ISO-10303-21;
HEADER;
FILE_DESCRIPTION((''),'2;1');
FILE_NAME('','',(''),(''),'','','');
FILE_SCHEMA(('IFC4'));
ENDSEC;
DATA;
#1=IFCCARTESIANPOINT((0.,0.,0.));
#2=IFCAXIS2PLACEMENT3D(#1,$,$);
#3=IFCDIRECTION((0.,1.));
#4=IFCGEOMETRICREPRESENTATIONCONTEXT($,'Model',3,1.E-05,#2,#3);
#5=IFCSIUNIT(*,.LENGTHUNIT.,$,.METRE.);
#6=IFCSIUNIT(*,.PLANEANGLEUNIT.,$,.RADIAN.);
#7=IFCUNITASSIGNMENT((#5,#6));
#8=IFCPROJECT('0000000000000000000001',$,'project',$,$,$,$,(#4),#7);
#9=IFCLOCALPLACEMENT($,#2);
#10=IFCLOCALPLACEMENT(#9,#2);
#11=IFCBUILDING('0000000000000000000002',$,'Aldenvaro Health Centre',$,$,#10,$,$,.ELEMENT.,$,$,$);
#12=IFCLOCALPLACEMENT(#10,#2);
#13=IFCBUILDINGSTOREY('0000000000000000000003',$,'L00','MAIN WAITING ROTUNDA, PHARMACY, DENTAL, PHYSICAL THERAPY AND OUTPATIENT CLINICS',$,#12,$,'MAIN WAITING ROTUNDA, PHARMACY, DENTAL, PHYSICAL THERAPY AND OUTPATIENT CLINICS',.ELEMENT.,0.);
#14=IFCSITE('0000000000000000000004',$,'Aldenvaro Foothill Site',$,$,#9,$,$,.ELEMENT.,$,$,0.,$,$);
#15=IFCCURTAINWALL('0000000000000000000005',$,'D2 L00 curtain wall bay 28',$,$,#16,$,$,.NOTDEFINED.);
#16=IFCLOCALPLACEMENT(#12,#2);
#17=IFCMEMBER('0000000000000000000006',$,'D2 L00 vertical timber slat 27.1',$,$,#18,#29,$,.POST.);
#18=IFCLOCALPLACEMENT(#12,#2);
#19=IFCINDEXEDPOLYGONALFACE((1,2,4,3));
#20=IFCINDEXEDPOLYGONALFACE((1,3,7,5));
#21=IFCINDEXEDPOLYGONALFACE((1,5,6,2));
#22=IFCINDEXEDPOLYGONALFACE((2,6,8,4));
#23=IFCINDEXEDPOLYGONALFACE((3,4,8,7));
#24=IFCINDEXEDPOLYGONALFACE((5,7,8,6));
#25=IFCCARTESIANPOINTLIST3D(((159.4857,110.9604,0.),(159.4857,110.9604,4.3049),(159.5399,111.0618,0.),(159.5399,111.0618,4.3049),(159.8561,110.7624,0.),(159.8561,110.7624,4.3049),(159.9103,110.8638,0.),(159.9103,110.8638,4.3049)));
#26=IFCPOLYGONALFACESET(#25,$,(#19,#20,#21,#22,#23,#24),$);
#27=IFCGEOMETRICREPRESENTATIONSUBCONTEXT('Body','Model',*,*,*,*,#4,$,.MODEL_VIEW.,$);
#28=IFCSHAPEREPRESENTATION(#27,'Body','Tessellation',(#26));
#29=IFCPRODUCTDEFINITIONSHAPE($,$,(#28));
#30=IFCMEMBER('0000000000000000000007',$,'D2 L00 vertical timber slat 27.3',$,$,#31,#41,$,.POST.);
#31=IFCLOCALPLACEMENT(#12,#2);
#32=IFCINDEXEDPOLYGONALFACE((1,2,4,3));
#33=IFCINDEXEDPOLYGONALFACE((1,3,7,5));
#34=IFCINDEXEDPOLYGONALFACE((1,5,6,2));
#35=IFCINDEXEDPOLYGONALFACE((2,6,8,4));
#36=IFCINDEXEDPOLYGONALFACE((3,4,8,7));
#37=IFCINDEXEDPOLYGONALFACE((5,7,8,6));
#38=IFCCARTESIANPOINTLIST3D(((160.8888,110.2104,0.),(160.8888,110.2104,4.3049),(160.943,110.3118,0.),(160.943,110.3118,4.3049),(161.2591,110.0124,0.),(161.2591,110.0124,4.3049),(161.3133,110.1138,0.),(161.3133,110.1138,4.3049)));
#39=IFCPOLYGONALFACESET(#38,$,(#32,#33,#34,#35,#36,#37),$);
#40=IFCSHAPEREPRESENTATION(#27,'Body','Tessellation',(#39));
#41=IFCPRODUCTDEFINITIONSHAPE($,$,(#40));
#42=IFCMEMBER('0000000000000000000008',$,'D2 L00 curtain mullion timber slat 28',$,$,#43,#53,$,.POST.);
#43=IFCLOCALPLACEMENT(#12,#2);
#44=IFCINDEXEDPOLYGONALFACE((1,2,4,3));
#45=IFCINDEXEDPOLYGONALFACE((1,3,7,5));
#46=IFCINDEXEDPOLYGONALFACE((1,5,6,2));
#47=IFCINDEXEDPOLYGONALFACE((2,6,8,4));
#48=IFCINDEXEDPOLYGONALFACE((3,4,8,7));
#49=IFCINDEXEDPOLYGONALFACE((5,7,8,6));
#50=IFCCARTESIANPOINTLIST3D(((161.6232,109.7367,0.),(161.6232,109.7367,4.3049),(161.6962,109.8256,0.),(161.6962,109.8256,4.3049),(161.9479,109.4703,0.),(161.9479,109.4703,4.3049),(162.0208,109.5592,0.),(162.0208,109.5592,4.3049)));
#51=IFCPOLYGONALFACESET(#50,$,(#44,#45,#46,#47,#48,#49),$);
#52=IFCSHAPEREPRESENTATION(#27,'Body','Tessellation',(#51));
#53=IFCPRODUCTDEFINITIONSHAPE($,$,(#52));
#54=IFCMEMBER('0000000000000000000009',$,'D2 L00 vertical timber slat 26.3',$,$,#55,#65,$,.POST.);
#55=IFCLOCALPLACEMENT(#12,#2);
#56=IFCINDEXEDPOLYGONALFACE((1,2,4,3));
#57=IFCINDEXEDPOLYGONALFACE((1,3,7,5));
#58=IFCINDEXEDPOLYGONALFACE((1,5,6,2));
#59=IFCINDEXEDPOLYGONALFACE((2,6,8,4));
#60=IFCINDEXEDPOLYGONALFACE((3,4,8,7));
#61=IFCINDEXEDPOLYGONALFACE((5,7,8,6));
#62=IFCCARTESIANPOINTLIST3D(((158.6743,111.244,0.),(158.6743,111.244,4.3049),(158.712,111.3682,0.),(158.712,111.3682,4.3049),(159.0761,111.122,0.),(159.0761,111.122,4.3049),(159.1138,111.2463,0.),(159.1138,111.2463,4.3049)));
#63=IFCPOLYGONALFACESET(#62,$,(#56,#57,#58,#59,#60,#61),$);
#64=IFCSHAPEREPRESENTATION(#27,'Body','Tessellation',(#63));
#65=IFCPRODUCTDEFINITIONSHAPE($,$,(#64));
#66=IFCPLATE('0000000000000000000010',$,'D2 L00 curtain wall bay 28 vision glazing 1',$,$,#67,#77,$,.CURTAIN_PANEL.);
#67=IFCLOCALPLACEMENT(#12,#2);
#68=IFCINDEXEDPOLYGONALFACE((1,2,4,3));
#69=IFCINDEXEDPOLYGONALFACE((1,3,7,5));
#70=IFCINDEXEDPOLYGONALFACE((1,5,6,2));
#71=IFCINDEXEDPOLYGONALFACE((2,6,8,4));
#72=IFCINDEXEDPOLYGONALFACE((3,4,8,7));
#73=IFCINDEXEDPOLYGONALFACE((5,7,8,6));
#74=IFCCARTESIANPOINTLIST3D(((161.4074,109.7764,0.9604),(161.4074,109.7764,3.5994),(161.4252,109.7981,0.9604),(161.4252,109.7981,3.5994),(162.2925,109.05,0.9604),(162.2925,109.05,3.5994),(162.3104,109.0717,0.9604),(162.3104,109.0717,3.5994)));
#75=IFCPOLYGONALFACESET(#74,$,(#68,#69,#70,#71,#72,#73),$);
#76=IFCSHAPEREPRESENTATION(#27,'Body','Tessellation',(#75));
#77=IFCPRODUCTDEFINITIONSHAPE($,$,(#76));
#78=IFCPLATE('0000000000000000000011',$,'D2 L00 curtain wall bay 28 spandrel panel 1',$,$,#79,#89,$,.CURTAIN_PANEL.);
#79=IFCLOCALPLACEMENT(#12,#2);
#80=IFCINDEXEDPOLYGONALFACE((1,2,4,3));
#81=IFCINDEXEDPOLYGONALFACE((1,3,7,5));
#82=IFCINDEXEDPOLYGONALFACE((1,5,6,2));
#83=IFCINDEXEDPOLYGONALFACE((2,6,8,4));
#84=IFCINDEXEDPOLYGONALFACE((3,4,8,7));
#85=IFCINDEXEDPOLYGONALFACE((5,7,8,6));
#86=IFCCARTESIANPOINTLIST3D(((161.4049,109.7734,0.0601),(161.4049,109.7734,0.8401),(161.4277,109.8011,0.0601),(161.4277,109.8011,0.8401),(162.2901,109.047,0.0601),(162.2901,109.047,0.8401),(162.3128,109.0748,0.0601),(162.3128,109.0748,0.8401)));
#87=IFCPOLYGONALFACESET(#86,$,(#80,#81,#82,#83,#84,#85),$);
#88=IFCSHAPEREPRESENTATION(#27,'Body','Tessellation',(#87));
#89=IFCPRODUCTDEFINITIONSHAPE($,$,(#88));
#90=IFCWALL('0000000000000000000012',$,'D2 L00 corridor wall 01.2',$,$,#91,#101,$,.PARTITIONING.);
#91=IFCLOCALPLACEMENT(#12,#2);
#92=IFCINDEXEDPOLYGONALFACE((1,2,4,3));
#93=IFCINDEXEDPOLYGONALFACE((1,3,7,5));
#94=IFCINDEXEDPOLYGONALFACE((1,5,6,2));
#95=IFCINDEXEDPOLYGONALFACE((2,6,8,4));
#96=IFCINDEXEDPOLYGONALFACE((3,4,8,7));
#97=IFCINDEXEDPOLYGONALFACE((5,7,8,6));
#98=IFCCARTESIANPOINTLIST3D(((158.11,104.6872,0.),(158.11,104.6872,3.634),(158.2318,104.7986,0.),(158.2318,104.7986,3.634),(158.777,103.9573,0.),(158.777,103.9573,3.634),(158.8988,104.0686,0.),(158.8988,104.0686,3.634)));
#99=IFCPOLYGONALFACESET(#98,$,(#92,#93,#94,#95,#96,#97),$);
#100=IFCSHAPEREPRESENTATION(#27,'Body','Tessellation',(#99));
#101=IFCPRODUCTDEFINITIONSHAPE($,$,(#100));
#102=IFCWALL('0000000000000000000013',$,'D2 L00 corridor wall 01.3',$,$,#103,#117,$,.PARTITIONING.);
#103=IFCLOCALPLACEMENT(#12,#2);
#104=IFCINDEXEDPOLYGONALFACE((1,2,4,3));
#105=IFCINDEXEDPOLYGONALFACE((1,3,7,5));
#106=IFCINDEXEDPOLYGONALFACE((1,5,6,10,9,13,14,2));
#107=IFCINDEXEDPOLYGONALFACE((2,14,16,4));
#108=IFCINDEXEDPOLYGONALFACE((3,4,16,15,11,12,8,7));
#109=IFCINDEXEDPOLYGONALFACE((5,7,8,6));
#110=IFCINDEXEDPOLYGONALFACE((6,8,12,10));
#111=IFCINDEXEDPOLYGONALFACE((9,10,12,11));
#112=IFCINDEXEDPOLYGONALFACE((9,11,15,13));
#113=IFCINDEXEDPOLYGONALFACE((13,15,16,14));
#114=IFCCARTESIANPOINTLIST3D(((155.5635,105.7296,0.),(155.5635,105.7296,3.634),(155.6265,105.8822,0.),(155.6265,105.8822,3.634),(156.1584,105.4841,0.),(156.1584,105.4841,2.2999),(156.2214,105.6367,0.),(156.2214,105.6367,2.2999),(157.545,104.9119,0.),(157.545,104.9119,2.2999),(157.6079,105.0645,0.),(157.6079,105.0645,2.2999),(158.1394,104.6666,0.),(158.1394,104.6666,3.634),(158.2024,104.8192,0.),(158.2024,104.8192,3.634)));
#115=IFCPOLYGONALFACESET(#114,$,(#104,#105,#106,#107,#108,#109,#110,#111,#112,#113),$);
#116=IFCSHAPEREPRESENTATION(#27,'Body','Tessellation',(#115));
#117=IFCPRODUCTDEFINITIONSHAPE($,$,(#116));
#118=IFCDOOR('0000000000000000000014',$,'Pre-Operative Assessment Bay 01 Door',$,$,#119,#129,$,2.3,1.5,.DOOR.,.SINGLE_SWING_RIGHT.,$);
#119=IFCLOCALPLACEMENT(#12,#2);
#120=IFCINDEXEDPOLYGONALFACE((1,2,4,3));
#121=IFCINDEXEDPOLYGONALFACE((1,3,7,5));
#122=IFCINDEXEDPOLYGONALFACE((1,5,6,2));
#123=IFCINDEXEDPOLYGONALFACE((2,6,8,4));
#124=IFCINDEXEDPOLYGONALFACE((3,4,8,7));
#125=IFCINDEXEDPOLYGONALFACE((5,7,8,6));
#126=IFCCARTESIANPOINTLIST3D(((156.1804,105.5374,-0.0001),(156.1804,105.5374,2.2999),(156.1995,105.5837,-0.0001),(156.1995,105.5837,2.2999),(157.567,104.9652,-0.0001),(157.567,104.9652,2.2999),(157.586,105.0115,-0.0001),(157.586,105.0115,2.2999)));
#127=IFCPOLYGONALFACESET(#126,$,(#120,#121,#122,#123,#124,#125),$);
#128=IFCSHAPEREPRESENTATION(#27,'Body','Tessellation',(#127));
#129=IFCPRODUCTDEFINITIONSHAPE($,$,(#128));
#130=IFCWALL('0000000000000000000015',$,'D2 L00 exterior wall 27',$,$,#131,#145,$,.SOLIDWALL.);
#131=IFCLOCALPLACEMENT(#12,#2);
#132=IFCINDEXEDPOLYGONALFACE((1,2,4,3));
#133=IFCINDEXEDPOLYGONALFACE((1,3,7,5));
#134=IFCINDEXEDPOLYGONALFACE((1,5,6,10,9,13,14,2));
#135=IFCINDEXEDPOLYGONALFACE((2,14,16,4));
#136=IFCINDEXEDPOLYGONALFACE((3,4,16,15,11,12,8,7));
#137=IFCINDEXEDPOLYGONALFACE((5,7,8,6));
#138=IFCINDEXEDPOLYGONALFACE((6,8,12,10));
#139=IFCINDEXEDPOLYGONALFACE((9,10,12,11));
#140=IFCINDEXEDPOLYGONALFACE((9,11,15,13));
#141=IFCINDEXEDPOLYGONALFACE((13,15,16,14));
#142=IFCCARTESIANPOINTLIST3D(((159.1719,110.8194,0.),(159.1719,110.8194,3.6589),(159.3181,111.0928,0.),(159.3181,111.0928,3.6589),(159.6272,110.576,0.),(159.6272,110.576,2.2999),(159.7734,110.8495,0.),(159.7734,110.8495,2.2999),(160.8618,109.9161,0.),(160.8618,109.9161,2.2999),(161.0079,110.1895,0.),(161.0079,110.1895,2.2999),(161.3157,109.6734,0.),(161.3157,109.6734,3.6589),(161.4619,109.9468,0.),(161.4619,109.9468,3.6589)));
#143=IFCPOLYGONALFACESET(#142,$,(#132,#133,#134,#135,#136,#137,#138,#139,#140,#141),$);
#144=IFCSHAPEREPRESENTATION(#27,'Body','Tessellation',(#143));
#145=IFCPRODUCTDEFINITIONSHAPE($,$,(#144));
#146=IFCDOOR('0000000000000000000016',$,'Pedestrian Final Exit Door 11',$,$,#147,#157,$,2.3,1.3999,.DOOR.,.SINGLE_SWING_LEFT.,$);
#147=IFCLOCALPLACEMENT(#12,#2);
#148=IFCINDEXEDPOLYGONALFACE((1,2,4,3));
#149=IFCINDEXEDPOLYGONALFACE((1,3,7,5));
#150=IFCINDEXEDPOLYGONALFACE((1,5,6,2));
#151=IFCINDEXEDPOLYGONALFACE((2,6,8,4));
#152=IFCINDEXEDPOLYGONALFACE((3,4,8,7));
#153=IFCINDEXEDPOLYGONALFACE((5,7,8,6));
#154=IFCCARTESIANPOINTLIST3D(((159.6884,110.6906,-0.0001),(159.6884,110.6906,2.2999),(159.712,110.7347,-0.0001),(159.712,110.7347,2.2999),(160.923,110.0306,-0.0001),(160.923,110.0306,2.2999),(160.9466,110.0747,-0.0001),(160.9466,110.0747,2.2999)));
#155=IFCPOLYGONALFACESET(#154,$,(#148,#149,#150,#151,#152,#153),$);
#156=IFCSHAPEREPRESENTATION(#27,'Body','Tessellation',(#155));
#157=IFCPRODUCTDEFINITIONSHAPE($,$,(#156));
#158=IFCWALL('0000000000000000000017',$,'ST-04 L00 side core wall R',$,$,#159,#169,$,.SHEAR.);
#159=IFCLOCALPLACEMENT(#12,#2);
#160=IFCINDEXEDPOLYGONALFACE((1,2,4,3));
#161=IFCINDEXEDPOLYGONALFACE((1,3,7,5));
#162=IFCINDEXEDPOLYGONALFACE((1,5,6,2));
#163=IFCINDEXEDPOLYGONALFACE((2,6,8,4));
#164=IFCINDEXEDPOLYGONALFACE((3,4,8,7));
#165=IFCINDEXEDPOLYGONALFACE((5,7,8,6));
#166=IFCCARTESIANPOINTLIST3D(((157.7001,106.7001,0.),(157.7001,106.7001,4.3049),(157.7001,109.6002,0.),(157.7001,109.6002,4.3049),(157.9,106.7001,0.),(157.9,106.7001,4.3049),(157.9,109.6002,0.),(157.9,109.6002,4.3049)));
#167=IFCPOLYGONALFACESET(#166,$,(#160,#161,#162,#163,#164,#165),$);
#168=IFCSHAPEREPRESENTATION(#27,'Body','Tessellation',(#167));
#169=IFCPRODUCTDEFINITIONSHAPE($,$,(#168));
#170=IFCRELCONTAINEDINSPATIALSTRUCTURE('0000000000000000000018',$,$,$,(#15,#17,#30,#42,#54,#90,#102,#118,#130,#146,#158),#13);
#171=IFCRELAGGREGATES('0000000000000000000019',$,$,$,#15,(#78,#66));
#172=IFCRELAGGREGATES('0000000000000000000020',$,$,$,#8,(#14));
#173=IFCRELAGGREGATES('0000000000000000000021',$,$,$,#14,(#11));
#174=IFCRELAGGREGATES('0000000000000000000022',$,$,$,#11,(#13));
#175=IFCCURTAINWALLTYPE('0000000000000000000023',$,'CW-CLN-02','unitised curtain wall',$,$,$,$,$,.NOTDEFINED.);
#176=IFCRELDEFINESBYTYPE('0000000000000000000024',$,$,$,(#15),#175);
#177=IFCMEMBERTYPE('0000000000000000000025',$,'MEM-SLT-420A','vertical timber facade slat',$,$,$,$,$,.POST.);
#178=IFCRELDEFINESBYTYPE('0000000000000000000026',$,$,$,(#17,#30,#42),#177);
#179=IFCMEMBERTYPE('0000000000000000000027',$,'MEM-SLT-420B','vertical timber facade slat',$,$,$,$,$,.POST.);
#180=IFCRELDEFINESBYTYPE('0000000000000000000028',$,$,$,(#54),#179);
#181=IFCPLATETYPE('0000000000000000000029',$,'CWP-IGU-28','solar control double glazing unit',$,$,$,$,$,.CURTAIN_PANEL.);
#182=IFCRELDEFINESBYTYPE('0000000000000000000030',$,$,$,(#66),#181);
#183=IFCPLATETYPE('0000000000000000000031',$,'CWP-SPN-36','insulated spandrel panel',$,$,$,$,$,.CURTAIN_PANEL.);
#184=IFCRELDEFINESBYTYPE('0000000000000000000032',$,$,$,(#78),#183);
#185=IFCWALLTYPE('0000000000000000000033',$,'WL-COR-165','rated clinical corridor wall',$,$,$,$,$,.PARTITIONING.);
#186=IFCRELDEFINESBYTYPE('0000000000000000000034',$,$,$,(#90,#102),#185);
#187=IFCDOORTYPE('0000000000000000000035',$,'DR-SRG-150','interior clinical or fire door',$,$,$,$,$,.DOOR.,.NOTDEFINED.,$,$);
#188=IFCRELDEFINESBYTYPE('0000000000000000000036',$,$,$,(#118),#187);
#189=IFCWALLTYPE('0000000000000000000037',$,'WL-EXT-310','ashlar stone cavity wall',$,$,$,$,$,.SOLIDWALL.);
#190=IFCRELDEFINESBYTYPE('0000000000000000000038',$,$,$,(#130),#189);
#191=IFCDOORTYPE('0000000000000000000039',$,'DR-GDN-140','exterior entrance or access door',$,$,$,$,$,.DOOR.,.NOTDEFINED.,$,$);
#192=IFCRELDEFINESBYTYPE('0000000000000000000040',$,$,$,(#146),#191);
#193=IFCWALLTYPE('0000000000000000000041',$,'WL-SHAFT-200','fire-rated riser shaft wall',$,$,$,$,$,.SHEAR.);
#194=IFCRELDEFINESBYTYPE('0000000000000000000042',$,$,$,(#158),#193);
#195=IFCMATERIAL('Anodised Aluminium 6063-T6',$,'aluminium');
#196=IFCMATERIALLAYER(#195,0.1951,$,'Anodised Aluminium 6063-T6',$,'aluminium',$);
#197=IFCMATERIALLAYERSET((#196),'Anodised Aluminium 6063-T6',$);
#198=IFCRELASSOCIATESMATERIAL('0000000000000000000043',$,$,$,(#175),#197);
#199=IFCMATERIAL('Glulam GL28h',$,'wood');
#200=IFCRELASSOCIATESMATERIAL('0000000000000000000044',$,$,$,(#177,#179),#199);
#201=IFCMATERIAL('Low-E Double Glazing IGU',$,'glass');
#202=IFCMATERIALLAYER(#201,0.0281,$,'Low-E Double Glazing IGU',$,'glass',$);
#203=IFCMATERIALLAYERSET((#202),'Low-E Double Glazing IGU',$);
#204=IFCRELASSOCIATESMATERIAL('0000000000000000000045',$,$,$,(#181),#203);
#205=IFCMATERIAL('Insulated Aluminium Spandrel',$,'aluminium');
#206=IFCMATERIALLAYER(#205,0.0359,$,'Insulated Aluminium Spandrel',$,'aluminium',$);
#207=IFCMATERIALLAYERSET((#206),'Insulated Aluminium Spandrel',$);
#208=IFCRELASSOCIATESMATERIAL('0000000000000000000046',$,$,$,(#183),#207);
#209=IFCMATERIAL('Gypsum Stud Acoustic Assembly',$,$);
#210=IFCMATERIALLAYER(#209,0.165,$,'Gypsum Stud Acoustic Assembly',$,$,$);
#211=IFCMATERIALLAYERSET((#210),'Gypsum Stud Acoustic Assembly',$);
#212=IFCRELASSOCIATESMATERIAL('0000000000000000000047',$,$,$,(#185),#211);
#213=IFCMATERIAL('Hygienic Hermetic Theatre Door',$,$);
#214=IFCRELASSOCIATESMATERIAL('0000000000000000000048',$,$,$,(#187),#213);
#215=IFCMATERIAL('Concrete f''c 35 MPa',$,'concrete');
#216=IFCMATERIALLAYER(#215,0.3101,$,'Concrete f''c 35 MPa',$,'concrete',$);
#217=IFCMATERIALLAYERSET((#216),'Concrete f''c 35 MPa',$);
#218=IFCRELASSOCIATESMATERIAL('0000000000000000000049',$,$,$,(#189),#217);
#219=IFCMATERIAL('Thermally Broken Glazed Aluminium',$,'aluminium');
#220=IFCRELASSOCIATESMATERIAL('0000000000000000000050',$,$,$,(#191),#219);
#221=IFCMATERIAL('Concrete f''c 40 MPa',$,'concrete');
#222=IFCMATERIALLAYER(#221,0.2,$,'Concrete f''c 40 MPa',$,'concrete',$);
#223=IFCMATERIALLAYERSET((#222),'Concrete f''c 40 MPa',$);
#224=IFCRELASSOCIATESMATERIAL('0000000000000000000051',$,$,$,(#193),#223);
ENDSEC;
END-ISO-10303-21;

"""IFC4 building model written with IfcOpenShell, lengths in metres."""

from ifc_helpers import new_model, si_unit, direction, frame, frame_2d, origin, origin_2d, place, context, subcontext, project, spatial, rectangle, extrude, material, layer, layer_set, material_profile, profile_set, type_object, element, fill, aggregate, save


model = new_model("IFC4")

# Units and contexts
model_context = context("Model", 3, precision=1e-05, world=origin(), true_north=direction((0.0, 1.0)))
body_context = subcontext(model_context, "Body", "Model", "MODEL_VIEW")
ifc_project = project(units=[si_unit("LENGTHUNIT", "METRE"), si_unit("PLANEANGLEUNIT", "RADIAN")], contexts=[model_context])

# Site, building, storey
site_placement = place(None, origin())
site = spatial("IfcSite", under=ifc_project, at=site_placement, Name="Aldenvaro Foothill Site", CompositionType="ELEMENT", RefElevation=0.0)
building_placement = place(site_placement, origin())
building = spatial("IfcBuilding", under=site, at=building_placement, Name="Aldenvaro Health Centre", CompositionType="ELEMENT")
storey_placement = place(building_placement, origin())
storey = spatial("IfcBuildingStorey", under=building, at=storey_placement, Name="L00", Description="MAIN WAITING ROTUNDA, PHARMACY, DENTAL, PHYSICAL THERAPY AND OUTPATIENT CLINICS", LongName="MAIN WAITING ROTUNDA, PHARMACY, DENTAL, PHYSICAL THERAPY AND OUTPATIENT CLINICS", CompositionType="ELEMENT", Elevation=0.0)

# Shared definitions
ifc_material_1 = material(Name="Glulam GL28h", Category="wood")
ifc_material_2 = material(Name="Concrete f'c 40 MPa", Category="concrete")

# Curtain wall
ifc_material_3 = material(Name="Anodised Aluminium 6063-T6", Category="aluminium")
ifc_layer_1 = layer(ifc_material_3, 0.1951, Name="Anodised Aluminium 6063-T6", Category="aluminium")
ifc_layer_set_1 = layer_set([ifc_layer_1], Name="Anodised Aluminium 6063-T6")
curtain_wall_type = type_object("IfcCurtainWallType", Name="CW-CLN-02", Description="unitised curtain wall", PredefinedType="NOTDEFINED", material=ifc_layer_set_1)
curtain_wall_placement = place(storey_placement, origin())
curtain_wall = element("IfcCurtainWall", 1, at=curtain_wall_placement, inside=storey, type_object=curtain_wall_type, Name="D2 L00 curtain wall bay 28", PredefinedType="NOTDEFINED")

# Members
ifc_material_profile_1 = material_profile(ifc_material_1, rectangle(XDim=0.115, YDim=0.4199, at=origin_2d()), Name="GL 115x420", Category="wood")
ifc_profile_set_1 = profile_set([ifc_material_profile_1], Name="Glulam GL28h")
member_type_1 = type_object("IfcMemberType", Name="MEM-SLT-420A", Description="vertical timber facade slat", PredefinedType="POST", material=ifc_profile_set_1)
for number, where, z_axis, x_axis, name in (
    (2, (159.698, 110.9121, 0.0), (0.0, 0.0, 1.0), (0.471399, 0.88192, 0.0), "D2 L00 vertical timber slat 27.1"),
    (3, (161.1011, 110.1621, 0.0), (0.0, 0.0, 1.0), (0.471399, 0.88192, 0.0), "D2 L00 vertical timber slat 27.3"),
    (4, (161.822, 109.6479, 0.0), (0.0, 0.0, 1.0), (0.63438, 0.773022, 0.0), "D2 L00 curtain mullion timber slat 28"),
):
    element("IfcMember", number, at=place(storey_placement, frame(where, z_axis=z_axis, x_axis=x_axis)), inside=storey, type_object=member_type_1, Name=name, PredefinedType="POST", context=body_context, shape_type="SweptSolid", body=[
        extrude(rectangle(XDim=0.115, YDim=0.4199, at=origin_2d()), origin(), (0.0, 0.0, 1.0), 4.3049),
    ])
ifc_material_profile_2 = material_profile(ifc_material_1, rectangle(XDim=0.1299, YDim=0.4199, at=origin_2d()), Name="GL 130x420", Category="wood")
ifc_profile_set_2 = profile_set([ifc_material_profile_2], Name="Glulam GL28h")
member_type_2 = type_object("IfcMemberType", Name="MEM-SLT-420B", Description="vertical timber facade slat", PredefinedType="POST", material=ifc_profile_set_2)
member_1_placement = place(storey_placement, frame((158.894, 111.2451, 0.0), z_axis=(0.0, 0.0, 1.0), x_axis=(0.290441, 0.956893, 0.0)))
element("IfcMember", 5, at=member_1_placement, inside=storey, type_object=member_type_2, Name="D2 L00 vertical timber slat 26.3", PredefinedType="POST", context=body_context, shape_type="SweptSolid", body=[
    extrude(rectangle(XDim=0.1299, YDim=0.4199, at=origin_2d()), origin(), (0.0, 0.0, 1.0), 4.3049),
])

# Plates
ifc_material_4 = material(Name="Low-E Double Glazing IGU", Category="glass")
ifc_layer_2 = layer(ifc_material_4, 0.0281, Name="Low-E Double Glazing IGU", Category="glass")
ifc_layer_set_2 = layer_set([ifc_layer_2], Name="Low-E Double Glazing IGU")
plate_type_1 = type_object("IfcPlateType", Name="CWP-IGU-28", Description="solar control double glazing unit", PredefinedType="CURTAIN_PANEL", material=ifc_layer_set_2)
plate_1_placement = place(storey_placement, frame((161.8589, 109.4241, 0.9604), z_axis=(0.0, 0.0, 1.0), x_axis=(0.773022, -0.63438, 0.0)))
plate_1 = element("IfcPlate", 6, at=plate_1_placement, type_object=plate_type_1, Name="D2 L00 curtain wall bay 28 vision glazing 1", PredefinedType="CURTAIN_PANEL", context=body_context, shape_type="SweptSolid", body=[
    extrude(rectangle(XDim=1.145, YDim=0.0281, at=origin_2d()), origin(), (0.0, 0.0, 1.0), 2.6389),
])
ifc_material_5 = material(Name="Insulated Aluminium Spandrel", Category="aluminium")
ifc_layer_3 = layer(ifc_material_5, 0.0359, Name="Insulated Aluminium Spandrel", Category="aluminium")
ifc_layer_set_3 = layer_set([ifc_layer_3], Name="Insulated Aluminium Spandrel")
plate_type_2 = type_object("IfcPlateType", Name="CWP-SPN-36", Description="insulated spandrel panel", PredefinedType="CURTAIN_PANEL", material=ifc_layer_set_3)
plate_2_placement = place(storey_placement, frame((161.8589, 109.4241, 0.0601), z_axis=(0.0, 0.0, 1.0), x_axis=(0.773022, -0.63438, 0.0)))
plate_2 = element("IfcPlate", 7, at=plate_2_placement, type_object=plate_type_2, Name="D2 L00 curtain wall bay 28 spandrel panel 1", PredefinedType="CURTAIN_PANEL", context=body_context, shape_type="SweptSolid", body=[
    extrude(rectangle(XDim=1.145, YDim=0.0359, at=origin_2d()), origin(), (0.0, 0.0, 1.0), 0.78),
])
aggregate(curtain_wall, [plate_2, plate_1])

# Wall
ifc_material_6 = material(Name="Gypsum Stud Acoustic Assembly")
ifc_layer_4 = layer(ifc_material_6, 0.165, Name="Gypsum Stud Acoustic Assembly")
ifc_layer_set_4 = layer_set([ifc_layer_4], Name="Gypsum Stud Acoustic Assembly")
wall_type_1 = type_object("IfcWallType", Name="WL-COR-165", Description="rated clinical corridor wall", PredefinedType="PARTITIONING", material=ifc_layer_set_4)
wall_1_placement = place(storey_placement, frame((158.8379, 104.0129, 0.0), z_axis=(0.0, 0.0, 1.0), x_axis=(-0.674539, 0.73824, 0.0)))
element("IfcWall", 8, at=wall_1_placement, inside=storey, type_object=wall_type_1, Name="D2 L00 corridor wall 01.2", PredefinedType="PARTITIONING", context=body_context, shape_type="SweptSolid", body=[
    extrude(rectangle(XDim=0.9888, YDim=0.165, at=frame_2d((0.4944, 0.0))), origin(), (0.0, 0.0, 1.0), 3.634),
])

# Walls, openings, doors
wall_2_placement = place(storey_placement, frame((158.1709, 104.7429, 0.0), z_axis=(0.0, 0.0, 1.0), x_axis=(-0.924386, 0.381459, 0.0)))
wall_2 = element("IfcWall", 9, at=wall_2_placement, inside=storey, type_object=wall_type_1, Name="D2 L00 corridor wall 01.3", PredefinedType="PARTITIONING", context=body_context, shape_type="SweptSolid", body=[
    extrude(rectangle(XDim=2.7866, YDim=0.165, at=frame_2d((1.3933, 0.0))), origin(), (0.0, 0.0, 1.0), 3.634),
])
opening_1_placement = place(wall_2_placement, frame((0.6431, 0.0, 0.0)))
opening_1 = element("IfcOpeningElement", 10, at=opening_1_placement, cuts=wall_2, PredefinedType="OPENING", context=body_context, shape_type="SweptSolid", body=[
    extrude(rectangle(XDim=1.5, YDim=2.3, at=frame_2d((0.75, 1.1499))), frame((0.0, 0.0925, 0.0), z_axis=(0.0, -1.0, 0.0), x_axis=(1.0, 0.0, 0.0)), (0.0, 0.0, 1.0), 0.1851),
])
ifc_material_7 = material(Name="Hygienic Hermetic Theatre Door")
door_type_1 = type_object("IfcDoorType", Name="DR-SRG-150", Description="interior clinical or fire door", OperationType="NOTDEFINED", PredefinedType="DOOR", material=ifc_material_7)
door_1_placement = place(opening_1_placement, origin())
door_1 = element("IfcDoor", 11, at=door_1_placement, inside=storey, type_object=door_type_1, Name="Pre-Operative Assessment Bay 01 Door", OperationType="SINGLE_SWING_RIGHT", OverallHeight=2.3, OverallWidth=1.5, PredefinedType="DOOR", context=body_context, shape_type="SweptSolid", body=[
    extrude(rectangle(XDim=1.5, YDim=2.3, at=frame_2d((0.75, 1.1499))), frame((0.0, 0.0249, 0.0), z_axis=(0.0, -1.0, 0.0), x_axis=(1.0, 0.0, 0.0)), (0.0, 0.0, 1.0), 0.05),
])
fill(opening_1, door_1)
ifc_material_8 = material(Name="Concrete f'c 35 MPa", Category="concrete")
ifc_layer_5 = layer(ifc_material_8, 0.3101, Name="Concrete f'c 35 MPa", Category="concrete")
ifc_layer_set_5 = layer_set([ifc_layer_5], Name="Concrete f'c 35 MPa")
wall_type_2 = type_object("IfcWallType", Name="WL-EXT-310", Description="ashlar stone cavity wall", PredefinedType="SOLIDWALL", material=ifc_layer_set_5)
wall_3_placement = place(storey_placement, frame((159.2451, 110.9561, 0.0), z_axis=(0.0, 0.0, 1.0), x_axis=(0.881902, -0.471432, 0.0)))
wall_3 = element("IfcWall", 12, at=wall_3_placement, inside=storey, type_object=wall_type_2, Name="D2 L00 exterior wall 27", PredefinedType="SOLIDWALL", context=body_context, shape_type="SweptSolid", body=[
    extrude(rectangle(XDim=2.4309, YDim=0.3101, at=frame_2d((1.2153, 0.0))), origin(), (0.0, 0.0, 1.0), 3.6589),
])
opening_2_placement = place(wall_3_placement, frame((0.5161, 0.0, 0.0)))
opening_2 = element("IfcOpeningElement", 13, at=opening_2_placement, cuts=wall_3, PredefinedType="OPENING", context=body_context, shape_type="SweptSolid", body=[
    extrude(rectangle(XDim=1.3999, YDim=2.3, at=frame_2d((0.7, 1.1499))), frame((0.0, 0.165, 0.0), z_axis=(0.0, -1.0, 0.0), x_axis=(1.0, 0.0, 0.0)), (0.0, 0.0, 1.0), 0.3301),
])
ifc_material_9 = material(Name="Thermally Broken Glazed Aluminium", Category="aluminium")
door_type_2 = type_object("IfcDoorType", Name="DR-GDN-140", Description="exterior entrance or access door", OperationType="NOTDEFINED", PredefinedType="DOOR", material=ifc_material_9)
door_2_placement = place(opening_2_placement, origin())
door_2 = element("IfcDoor", 14, at=door_2_placement, inside=storey, type_object=door_type_2, Name="Pedestrian Final Exit Door 11", OperationType="SINGLE_SWING_LEFT", OverallHeight=2.3, OverallWidth=1.3999, PredefinedType="DOOR", context=body_context, shape_type="SweptSolid", body=[
    extrude(rectangle(XDim=1.3999, YDim=2.3, at=frame_2d((0.7, 1.1499))), frame((0.0, 0.0249, 0.0), z_axis=(0.0, -1.0, 0.0), x_axis=(1.0, 0.0, 0.0)), (0.0, 0.0, 1.0), 0.05),
])
fill(opening_2, door_2)

# Wall
ifc_layer_6 = layer(ifc_material_2, 0.2, Name="Concrete f'c 40 MPa", Category="concrete")
ifc_layer_set_6 = layer_set([ifc_layer_6], Name="Concrete f'c 40 MPa")
wall_type_3 = type_object("IfcWallType", Name="WL-SHAFT-200", Description="fire-rated riser shaft wall", PredefinedType="SHEAR", material=ifc_layer_set_6)
wall_4_placement = place(storey_placement, frame((157.8, 106.7, 0.0), z_axis=(0.0, 0.0, 1.0), x_axis=(0.0, 1.0, 0.0)))
element("IfcWall", 15, at=wall_4_placement, inside=storey, type_object=wall_type_3, Name="ST-04 L00 side core wall R", PredefinedType="SHEAR", context=body_context, shape_type="SweptSolid", body=[
    extrude(rectangle(XDim=2.9001, YDim=0.2, at=frame_2d((1.4502, 0.0))), origin(), (0.0, 0.0, 1.0), 4.3049),
])

save(model, "model.ifc")
